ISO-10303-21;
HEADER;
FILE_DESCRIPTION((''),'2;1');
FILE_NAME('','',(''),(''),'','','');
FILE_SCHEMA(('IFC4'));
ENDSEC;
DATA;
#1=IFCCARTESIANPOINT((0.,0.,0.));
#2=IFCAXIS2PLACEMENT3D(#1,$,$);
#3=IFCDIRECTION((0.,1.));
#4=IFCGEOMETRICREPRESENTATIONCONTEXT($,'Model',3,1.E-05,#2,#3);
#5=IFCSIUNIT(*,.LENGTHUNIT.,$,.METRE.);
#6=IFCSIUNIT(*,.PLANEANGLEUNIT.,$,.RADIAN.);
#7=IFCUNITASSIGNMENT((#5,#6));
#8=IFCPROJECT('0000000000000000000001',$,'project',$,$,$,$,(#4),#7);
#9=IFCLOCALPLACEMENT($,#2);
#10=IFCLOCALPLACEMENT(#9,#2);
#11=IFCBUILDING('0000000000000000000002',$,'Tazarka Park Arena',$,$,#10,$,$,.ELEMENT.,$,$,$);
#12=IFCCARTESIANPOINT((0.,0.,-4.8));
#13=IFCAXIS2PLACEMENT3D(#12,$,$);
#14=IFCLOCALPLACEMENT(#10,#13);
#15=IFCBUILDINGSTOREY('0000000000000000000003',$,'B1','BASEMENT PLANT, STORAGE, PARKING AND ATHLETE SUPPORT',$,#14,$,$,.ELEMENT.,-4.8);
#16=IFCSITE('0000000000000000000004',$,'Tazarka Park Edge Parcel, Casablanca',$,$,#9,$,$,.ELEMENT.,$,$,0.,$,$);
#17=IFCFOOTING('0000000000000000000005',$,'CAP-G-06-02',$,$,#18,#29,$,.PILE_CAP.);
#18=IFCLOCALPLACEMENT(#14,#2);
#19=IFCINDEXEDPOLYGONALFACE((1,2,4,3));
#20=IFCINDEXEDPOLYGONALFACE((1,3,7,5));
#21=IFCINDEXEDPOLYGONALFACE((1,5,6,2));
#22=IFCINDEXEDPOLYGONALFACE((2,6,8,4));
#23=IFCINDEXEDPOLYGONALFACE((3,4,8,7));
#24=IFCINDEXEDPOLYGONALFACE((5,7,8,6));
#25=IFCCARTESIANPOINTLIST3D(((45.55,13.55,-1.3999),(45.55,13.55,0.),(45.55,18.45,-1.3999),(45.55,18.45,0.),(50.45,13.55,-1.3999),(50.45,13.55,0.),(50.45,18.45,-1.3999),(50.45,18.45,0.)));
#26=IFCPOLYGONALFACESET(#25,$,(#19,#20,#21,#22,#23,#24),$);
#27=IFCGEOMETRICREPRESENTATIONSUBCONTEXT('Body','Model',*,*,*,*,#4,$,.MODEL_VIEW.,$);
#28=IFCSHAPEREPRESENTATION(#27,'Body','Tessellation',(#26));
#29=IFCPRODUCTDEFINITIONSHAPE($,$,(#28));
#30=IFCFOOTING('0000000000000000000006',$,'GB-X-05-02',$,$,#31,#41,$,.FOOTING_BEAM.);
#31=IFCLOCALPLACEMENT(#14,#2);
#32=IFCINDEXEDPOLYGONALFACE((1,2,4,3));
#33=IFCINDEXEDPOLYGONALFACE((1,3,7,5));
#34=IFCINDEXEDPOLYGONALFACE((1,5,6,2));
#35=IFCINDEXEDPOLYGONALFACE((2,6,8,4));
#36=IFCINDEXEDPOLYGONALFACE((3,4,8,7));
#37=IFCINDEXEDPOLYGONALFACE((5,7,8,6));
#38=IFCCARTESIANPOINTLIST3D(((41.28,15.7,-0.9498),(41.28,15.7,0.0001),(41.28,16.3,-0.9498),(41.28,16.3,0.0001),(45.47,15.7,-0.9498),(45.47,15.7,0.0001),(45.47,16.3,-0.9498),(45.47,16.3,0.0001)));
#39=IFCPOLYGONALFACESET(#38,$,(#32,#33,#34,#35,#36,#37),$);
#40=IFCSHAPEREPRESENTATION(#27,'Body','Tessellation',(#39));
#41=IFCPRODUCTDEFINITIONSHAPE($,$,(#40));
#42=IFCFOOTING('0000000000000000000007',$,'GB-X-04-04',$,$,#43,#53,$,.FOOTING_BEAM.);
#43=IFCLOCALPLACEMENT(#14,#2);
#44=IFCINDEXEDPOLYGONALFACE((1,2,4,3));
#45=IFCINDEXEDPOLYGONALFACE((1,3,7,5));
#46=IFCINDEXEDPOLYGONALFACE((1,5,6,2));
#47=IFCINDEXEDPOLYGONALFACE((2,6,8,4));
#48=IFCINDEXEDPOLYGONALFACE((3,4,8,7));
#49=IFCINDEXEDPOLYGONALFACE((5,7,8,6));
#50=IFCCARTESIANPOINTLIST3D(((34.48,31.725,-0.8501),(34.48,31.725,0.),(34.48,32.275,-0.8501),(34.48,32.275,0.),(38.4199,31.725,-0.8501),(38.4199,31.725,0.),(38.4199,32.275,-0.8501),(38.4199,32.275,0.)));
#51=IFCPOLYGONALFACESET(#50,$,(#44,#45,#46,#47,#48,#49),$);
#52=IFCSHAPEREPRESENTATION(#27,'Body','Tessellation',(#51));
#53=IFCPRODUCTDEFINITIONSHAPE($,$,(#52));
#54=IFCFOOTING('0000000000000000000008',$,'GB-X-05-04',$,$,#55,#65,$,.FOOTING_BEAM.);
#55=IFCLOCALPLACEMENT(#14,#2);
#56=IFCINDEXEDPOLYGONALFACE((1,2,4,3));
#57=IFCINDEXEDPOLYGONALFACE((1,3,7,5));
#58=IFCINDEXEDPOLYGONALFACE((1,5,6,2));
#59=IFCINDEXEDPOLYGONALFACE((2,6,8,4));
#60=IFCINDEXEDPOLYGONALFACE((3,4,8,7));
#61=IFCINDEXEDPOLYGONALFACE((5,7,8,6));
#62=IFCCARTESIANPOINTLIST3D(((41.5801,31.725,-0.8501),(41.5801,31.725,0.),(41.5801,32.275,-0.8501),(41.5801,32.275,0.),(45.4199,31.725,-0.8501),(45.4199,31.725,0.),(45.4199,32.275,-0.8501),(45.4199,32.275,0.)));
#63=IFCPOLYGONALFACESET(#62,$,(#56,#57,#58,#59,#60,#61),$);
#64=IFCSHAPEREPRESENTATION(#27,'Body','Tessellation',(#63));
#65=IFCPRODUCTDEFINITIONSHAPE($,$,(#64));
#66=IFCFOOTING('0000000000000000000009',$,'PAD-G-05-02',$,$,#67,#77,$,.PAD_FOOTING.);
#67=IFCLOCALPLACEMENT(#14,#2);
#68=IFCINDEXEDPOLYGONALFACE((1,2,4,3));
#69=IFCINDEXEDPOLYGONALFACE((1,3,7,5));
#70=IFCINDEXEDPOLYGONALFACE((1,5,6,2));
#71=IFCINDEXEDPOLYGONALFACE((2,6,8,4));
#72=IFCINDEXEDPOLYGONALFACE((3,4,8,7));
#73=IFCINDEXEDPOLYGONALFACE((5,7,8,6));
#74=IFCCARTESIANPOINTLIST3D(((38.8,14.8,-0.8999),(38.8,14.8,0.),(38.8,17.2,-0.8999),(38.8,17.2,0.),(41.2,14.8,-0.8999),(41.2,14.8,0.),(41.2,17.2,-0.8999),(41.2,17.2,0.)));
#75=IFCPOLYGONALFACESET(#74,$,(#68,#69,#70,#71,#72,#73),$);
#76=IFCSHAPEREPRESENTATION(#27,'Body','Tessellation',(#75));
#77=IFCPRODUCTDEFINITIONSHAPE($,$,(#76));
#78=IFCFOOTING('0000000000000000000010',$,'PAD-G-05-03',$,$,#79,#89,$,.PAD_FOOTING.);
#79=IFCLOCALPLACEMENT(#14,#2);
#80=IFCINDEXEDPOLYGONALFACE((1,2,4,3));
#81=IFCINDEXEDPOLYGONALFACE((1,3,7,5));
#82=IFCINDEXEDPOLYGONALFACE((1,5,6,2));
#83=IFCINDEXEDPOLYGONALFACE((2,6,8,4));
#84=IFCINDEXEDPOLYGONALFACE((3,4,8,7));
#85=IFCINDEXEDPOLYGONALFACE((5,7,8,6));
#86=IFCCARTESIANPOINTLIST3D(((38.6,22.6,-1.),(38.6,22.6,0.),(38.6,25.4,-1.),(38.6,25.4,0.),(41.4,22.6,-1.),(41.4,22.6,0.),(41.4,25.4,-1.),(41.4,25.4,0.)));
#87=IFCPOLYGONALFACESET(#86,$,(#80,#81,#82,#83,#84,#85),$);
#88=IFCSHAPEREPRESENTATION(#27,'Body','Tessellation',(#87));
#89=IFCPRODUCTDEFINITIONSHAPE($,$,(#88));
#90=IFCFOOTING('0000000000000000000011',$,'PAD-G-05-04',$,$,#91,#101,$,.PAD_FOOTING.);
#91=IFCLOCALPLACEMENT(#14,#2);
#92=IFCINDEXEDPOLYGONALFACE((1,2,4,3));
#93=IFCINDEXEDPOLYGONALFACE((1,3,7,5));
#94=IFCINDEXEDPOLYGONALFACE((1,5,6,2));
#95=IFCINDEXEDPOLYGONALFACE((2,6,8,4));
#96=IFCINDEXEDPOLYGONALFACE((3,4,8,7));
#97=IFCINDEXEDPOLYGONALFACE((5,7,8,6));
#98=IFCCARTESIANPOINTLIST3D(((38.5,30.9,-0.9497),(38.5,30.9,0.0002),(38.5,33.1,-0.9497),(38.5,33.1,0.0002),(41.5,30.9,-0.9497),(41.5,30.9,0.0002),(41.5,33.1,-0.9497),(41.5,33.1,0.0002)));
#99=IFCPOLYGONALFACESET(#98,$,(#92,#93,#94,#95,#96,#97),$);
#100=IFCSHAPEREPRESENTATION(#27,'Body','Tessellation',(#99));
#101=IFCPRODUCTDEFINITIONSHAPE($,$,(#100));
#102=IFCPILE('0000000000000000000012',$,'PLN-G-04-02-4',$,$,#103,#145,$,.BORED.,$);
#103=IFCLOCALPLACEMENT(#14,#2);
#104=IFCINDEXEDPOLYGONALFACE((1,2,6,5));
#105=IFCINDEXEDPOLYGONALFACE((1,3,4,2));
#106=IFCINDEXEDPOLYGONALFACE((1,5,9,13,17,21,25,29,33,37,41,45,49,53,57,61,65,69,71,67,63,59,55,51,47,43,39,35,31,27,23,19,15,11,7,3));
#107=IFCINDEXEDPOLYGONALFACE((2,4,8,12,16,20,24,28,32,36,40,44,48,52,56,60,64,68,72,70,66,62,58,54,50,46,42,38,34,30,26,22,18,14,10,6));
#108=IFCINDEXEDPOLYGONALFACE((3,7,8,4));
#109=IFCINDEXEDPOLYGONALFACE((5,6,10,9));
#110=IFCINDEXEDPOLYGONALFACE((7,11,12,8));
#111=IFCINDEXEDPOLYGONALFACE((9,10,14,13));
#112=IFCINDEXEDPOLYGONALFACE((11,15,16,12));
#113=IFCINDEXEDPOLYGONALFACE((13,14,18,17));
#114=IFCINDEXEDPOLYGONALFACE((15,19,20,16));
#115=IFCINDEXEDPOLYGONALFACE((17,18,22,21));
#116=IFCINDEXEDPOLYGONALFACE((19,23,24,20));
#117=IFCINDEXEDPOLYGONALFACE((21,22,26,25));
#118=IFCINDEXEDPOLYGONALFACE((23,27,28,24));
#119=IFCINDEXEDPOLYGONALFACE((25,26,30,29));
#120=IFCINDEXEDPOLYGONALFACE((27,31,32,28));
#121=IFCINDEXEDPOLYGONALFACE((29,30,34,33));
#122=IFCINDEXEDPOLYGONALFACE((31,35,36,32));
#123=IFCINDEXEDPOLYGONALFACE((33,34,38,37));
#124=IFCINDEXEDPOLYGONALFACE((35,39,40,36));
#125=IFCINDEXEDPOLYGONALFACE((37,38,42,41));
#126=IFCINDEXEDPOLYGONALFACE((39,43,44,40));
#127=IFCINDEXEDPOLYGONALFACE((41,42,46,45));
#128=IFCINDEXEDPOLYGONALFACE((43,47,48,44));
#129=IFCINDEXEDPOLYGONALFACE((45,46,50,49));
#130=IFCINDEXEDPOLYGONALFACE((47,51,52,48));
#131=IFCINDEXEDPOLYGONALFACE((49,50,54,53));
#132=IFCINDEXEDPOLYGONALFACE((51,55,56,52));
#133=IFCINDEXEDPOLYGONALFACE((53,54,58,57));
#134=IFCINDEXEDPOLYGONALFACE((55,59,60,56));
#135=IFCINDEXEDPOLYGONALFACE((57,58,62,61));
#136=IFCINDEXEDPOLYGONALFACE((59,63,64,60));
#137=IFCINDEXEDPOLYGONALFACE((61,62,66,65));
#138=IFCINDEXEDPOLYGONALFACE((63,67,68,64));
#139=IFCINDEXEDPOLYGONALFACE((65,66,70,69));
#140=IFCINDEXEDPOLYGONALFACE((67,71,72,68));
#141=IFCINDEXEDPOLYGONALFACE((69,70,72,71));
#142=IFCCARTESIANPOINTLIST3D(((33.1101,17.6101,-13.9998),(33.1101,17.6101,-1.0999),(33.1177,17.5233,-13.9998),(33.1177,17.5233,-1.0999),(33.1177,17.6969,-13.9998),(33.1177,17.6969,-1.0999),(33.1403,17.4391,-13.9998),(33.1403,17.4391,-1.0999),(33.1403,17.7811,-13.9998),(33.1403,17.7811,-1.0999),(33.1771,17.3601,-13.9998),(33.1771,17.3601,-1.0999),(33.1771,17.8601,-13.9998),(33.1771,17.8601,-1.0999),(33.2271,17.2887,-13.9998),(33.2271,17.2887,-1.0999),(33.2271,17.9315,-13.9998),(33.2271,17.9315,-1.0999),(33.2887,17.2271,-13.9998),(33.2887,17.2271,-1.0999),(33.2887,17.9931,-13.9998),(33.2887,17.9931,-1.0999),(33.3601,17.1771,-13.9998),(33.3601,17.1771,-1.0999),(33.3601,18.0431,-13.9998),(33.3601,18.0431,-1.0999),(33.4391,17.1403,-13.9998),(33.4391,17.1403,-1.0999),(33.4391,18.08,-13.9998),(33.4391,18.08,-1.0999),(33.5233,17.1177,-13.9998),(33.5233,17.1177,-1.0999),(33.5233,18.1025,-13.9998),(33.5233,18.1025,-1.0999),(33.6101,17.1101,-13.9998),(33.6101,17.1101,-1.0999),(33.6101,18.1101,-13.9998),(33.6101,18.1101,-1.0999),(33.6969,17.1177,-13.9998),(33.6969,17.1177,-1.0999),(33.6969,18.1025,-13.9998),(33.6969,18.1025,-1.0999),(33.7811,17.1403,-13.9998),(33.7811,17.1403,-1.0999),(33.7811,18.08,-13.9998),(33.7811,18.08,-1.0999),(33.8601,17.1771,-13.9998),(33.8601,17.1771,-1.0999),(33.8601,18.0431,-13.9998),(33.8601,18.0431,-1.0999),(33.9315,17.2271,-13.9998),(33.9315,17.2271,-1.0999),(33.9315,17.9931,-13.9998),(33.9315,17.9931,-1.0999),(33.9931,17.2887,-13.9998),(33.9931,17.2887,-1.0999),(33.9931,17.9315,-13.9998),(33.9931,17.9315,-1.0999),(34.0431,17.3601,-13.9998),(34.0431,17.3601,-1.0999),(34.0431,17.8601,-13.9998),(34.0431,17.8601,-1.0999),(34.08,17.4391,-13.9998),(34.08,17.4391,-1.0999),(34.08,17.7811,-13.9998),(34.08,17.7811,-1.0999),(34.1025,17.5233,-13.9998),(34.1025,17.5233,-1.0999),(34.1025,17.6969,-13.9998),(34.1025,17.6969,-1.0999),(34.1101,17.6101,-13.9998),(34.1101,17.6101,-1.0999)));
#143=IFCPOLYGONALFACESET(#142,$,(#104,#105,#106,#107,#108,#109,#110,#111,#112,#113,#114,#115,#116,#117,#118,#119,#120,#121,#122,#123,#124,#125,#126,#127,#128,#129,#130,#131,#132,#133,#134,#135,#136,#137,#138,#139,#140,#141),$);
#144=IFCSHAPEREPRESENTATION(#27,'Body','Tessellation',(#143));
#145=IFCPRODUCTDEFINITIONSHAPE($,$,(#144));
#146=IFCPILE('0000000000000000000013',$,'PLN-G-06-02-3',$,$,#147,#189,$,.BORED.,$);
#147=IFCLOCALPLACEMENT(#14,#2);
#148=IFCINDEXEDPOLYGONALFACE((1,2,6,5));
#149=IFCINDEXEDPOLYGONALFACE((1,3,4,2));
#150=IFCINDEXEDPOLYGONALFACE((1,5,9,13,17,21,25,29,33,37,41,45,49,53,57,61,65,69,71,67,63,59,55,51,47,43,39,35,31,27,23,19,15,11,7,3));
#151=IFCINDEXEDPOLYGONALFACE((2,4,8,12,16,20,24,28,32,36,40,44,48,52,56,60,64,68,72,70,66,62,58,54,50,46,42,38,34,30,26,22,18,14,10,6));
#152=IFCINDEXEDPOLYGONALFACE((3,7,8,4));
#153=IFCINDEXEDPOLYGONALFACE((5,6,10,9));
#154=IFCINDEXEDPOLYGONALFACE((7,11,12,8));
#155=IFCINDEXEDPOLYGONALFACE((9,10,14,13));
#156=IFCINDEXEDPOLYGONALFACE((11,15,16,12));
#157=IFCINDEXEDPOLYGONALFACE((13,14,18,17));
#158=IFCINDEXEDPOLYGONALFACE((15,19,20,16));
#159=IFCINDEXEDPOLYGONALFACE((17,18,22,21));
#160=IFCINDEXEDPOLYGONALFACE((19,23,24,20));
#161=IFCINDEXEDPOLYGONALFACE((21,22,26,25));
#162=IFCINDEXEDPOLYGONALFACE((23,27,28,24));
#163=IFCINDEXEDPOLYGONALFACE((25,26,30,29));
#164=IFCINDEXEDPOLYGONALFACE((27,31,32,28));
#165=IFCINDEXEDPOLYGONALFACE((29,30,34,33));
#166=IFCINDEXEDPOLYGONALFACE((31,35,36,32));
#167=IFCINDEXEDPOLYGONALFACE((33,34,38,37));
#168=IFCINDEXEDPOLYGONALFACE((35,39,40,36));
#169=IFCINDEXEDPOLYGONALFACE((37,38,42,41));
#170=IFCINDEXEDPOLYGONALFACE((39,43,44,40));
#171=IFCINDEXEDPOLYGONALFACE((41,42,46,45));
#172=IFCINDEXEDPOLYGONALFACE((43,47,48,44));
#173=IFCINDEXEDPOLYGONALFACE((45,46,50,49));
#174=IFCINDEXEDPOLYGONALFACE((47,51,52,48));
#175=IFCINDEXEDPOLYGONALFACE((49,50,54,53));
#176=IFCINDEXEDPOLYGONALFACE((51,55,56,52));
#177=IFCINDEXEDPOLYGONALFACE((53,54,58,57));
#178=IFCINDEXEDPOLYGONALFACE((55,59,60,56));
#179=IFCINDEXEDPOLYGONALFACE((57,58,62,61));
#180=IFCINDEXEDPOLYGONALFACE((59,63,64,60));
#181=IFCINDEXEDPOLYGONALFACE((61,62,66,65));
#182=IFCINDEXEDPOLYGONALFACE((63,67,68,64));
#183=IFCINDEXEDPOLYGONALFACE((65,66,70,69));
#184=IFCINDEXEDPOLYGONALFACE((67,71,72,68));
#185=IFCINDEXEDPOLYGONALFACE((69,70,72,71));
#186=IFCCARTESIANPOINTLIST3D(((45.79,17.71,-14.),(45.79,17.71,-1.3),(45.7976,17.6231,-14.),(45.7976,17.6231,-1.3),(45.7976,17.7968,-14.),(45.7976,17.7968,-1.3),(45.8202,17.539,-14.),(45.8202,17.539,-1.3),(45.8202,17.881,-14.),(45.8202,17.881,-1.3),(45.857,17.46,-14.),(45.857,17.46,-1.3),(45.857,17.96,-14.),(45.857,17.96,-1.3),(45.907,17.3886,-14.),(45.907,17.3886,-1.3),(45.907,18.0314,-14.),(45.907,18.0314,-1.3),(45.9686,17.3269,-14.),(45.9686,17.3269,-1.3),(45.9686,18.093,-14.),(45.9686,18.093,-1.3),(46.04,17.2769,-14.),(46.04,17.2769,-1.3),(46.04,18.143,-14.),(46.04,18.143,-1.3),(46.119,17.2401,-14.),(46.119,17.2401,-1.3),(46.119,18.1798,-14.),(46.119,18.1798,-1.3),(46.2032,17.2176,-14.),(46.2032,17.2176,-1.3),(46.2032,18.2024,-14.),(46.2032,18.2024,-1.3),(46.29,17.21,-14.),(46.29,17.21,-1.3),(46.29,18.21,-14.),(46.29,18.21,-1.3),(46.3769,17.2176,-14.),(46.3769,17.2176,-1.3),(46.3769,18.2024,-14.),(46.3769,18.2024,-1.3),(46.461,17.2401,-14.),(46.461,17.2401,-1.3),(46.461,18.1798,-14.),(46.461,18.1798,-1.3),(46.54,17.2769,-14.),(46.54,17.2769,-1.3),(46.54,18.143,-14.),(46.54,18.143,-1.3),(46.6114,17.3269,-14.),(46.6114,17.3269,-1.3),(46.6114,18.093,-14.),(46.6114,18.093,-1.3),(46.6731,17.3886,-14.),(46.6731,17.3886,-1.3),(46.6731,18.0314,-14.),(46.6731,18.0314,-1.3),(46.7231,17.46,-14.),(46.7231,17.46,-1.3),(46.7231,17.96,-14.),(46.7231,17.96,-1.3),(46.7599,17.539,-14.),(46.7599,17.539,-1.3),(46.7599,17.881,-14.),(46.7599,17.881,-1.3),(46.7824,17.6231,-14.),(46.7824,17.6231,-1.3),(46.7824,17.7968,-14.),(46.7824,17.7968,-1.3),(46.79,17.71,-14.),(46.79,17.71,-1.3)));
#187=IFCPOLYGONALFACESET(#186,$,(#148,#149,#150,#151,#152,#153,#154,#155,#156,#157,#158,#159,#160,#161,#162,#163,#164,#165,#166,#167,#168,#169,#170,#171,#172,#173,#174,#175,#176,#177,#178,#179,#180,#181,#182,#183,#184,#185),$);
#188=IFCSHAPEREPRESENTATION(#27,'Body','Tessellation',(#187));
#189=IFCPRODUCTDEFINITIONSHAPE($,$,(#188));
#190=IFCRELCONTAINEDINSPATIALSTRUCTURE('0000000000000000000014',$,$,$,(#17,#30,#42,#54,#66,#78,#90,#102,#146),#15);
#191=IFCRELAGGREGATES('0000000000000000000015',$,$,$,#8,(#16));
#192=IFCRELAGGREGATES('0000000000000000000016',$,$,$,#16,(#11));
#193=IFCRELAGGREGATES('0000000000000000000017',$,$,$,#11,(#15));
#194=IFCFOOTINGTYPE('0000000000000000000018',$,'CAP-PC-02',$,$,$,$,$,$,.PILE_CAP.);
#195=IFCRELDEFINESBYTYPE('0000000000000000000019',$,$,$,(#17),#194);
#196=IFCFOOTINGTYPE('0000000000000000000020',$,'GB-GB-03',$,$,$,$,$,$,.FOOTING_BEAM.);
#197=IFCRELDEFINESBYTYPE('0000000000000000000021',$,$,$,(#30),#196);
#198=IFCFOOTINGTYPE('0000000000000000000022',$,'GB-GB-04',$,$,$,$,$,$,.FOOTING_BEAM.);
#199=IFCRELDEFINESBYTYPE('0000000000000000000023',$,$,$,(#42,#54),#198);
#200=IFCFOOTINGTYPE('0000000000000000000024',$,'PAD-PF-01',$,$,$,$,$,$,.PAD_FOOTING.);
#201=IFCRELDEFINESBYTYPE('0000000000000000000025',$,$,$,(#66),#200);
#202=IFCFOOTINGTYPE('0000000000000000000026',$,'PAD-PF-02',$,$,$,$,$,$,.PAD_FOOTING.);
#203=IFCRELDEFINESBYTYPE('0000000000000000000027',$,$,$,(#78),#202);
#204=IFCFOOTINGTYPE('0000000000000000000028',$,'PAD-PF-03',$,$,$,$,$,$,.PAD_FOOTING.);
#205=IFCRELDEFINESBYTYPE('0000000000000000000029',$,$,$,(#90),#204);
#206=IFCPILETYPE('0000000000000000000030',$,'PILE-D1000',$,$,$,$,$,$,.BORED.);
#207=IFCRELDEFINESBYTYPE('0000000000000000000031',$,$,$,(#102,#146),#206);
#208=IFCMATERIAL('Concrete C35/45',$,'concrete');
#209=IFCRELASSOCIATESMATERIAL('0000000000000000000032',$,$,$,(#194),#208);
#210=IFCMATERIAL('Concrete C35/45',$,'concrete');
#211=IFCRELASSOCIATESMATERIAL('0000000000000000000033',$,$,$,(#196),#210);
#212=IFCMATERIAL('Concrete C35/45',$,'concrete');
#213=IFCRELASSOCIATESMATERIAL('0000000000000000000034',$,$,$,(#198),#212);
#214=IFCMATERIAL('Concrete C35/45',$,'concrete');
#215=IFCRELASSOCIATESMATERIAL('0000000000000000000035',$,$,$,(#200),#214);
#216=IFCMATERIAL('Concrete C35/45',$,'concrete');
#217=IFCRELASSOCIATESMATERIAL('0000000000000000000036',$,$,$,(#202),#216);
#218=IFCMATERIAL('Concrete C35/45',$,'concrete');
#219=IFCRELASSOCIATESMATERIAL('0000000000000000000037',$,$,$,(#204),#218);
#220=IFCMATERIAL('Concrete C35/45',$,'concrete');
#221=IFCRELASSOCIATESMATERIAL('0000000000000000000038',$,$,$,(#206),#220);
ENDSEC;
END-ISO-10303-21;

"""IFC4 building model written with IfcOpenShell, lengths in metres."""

from ifc_helpers import new_model, si_unit, direction, frame, origin, origin_2d, place, context, subcontext, project, spatial, rectangle, circle, extrude, material, material_profile, profile_set, type_object, element, save


model = new_model("IFC4")

# Units and contexts
model_context = context("Model", 3, precision=1e-05, world=origin(), true_north=direction((0.0, 1.0)))
body_context = subcontext(model_context, "Body", "Model", "MODEL_VIEW")
ifc_project = project(units=[si_unit("LENGTHUNIT", "METRE"), si_unit("PLANEANGLEUNIT", "RADIAN")], contexts=[model_context])

# Site, building, storey
site_placement = place(None, origin())
site = spatial("IfcSite", under=ifc_project, at=site_placement, Name="Tazarka Park Edge Parcel, Casablanca", CompositionType="ELEMENT", RefElevation=0.0)
building_placement = place(site_placement, origin())
building = spatial("IfcBuilding", under=site, at=building_placement, Name="Tazarka Park Arena", CompositionType="ELEMENT")
storey_placement = place(building_placement, frame((0.0, 0.0, -4.8)))
storey = spatial("IfcBuildingStorey", under=building, at=storey_placement, Name="B1", Description="BASEMENT PLANT, STORAGE, PARKING AND ATHLETE SUPPORT", CompositionType="ELEMENT", Elevation=-4.8)

# Footings
ifc_material_1 = material(Name="Concrete C35/45", Category="concrete")
footing_type_1 = type_object("IfcFootingType", Name="CAP-PC-02", PredefinedType="PILE_CAP", material=ifc_material_1)
footing_1_placement = place(storey_placement, frame((48.0, 16.0, -1.3999), z_axis=(0.0, 0.0, 1.0), x_axis=(1.0, 0.0, 0.0)))
element("IfcFooting", 1, at=footing_1_placement, inside=storey, type_object=footing_type_1, Name="CAP-G-06-02", PredefinedType="PILE_CAP", context=body_context, shape_type="SweptSolid", body=[
    extrude(rectangle(XDim=4.8999, YDim=4.8999, at=origin_2d()), origin(), (0.0, 0.0, 1.0), 1.3999),
])
ifc_material_2 = material(Name="Concrete C35/45", Category="concrete")
ifc_material_profile_1 = material_profile(ifc_material_2, rectangle(XDim=0.6001, YDim=0.95, at=origin_2d()), Name="Concrete C35/45")
ifc_profile_set_1 = profile_set([ifc_material_profile_1], Name="Concrete C35/45")
footing_type_2 = type_object("IfcFootingType", Name="GB-GB-03", PredefinedType="FOOTING_BEAM", material=ifc_profile_set_1)
footing_2_placement = place(storey_placement, frame((41.28, 16.0, -0.4749), z_axis=(1.0, 0.0, 0.0), x_axis=(0.0, 1.0, 0.0)))
element("IfcFooting", 2, at=footing_2_placement, inside=storey, type_object=footing_type_2, Name="GB-X-05-02", PredefinedType="FOOTING_BEAM", context=body_context, shape_type="SweptSolid", body=[
    extrude(rectangle(XDim=0.6001, YDim=0.95, at=origin_2d()), origin(), (0.0, 0.0, 1.0), 4.1899),
])
ifc_material_3 = material(Name="Concrete C35/45", Category="concrete")
ifc_material_profile_2 = material_profile(ifc_material_3, rectangle(XDim=0.55, YDim=0.8501, at=origin_2d()), Name="Concrete C35/45")
ifc_profile_set_2 = profile_set([ifc_material_profile_2], Name="Concrete C35/45")
footing_type_3 = type_object("IfcFootingType", Name="GB-GB-04", PredefinedType="FOOTING_BEAM", material=ifc_profile_set_2)
footing_3_placement = place(storey_placement, frame((34.48, 32.0, -0.425), z_axis=(1.0, 0.0, 0.0), x_axis=(0.0, 1.0, 0.0)))
element("IfcFooting", 3, at=footing_3_placement, inside=storey, type_object=footing_type_3, Name="GB-X-04-04", PredefinedType="FOOTING_BEAM", context=body_context, shape_type="SweptSolid", body=[
    extrude(rectangle(XDim=0.55, YDim=0.8501, at=origin_2d()), origin(), (0.0, 0.0, 1.0), 3.9399),
])
footing_4_placement = place(storey_placement, frame((41.5801, 32.0, -0.425), z_axis=(1.0, 0.0, 0.0), x_axis=(0.0, 1.0, 0.0)))
element("IfcFooting", 4, at=footing_4_placement, inside=storey, type_object=footing_type_3, Name="GB-X-05-04", PredefinedType="FOOTING_BEAM", context=body_context, shape_type="SweptSolid", body=[
    extrude(rectangle(XDim=0.55, YDim=0.8501, at=origin_2d()), origin(), (0.0, 0.0, 1.0), 3.8398),
])
ifc_material_4 = material(Name="Concrete C35/45", Category="concrete")
footing_type_4 = type_object("IfcFootingType", Name="PAD-PF-01", PredefinedType="PAD_FOOTING", material=ifc_material_4)
footing_5_placement = place(storey_placement, frame((40.0, 16.0, -0.8999), z_axis=(0.0, 0.0, 1.0), x_axis=(1.0, 0.0, 0.0)))
element("IfcFooting", 5, at=footing_5_placement, inside=storey, type_object=footing_type_4, Name="PAD-G-05-02", PredefinedType="PAD_FOOTING", context=body_context, shape_type="SweptSolid", body=[
    extrude(rectangle(XDim=2.3999, YDim=2.3999, at=origin_2d()), origin(), (0.0, 0.0, 1.0), 0.8999),
])
ifc_material_5 = material(Name="Concrete C35/45", Category="concrete")
footing_type_5 = type_object("IfcFootingType", Name="PAD-PF-02", PredefinedType="PAD_FOOTING", material=ifc_material_5)
footing_6_placement = place(storey_placement, frame((40.0, 24.0, -1.0), z_axis=(0.0, 0.0, 1.0), x_axis=(1.0, 0.0, 0.0)))
element("IfcFooting", 6, at=footing_6_placement, inside=storey, type_object=footing_type_5, Name="PAD-G-05-03", PredefinedType="PAD_FOOTING", context=body_context, shape_type="SweptSolid", body=[
    extrude(rectangle(XDim=2.8, YDim=2.8, at=origin_2d()), origin(), (0.0, 0.0, 1.0), 1.0),
])
ifc_material_6 = material(Name="Concrete C35/45", Category="concrete")
footing_type_6 = type_object("IfcFootingType", Name="PAD-PF-03", PredefinedType="PAD_FOOTING", material=ifc_material_6)
footing_7_placement = place(storey_placement, frame((40.0, 32.0, -0.9497), z_axis=(0.0, 0.0, 1.0), x_axis=(1.0, 0.0, 0.0)))
element("IfcFooting", 7, at=footing_7_placement, inside=storey, type_object=footing_type_6, Name="PAD-G-05-04", PredefinedType="PAD_FOOTING", context=body_context, shape_type="SweptSolid", body=[
    extrude(rectangle(XDim=3.0, YDim=2.2, at=origin_2d()), origin(), (0.0, 0.0, 1.0), 0.95),
])

# Piles
ifc_material_7 = material(Name="Concrete C35/45", Category="concrete")
ifc_material_profile_3 = material_profile(ifc_material_7, circle(Radius=0.5, at=origin_2d()), Name="Concrete C35/45")
ifc_profile_set_3 = profile_set([ifc_material_profile_3], Name="Concrete C35/45")
pile_type_1 = type_object("IfcPileType", Name="PILE-D1000", PredefinedType="BORED", material=ifc_profile_set_3)
pile_1_placement = place(storey_placement, frame((33.6101, 17.6101, -1.0999), z_axis=(0.0, 0.0, -1.0), x_axis=(1.0, 0.0, 0.0)))
element("IfcPile", 8, at=pile_1_placement, inside=storey, type_object=pile_type_1, Name="PLN-G-04-02-4", PredefinedType="BORED", context=body_context, shape_type="SweptSolid", body=[
    extrude(circle(Radius=0.5, at=origin_2d()), origin(), (0.0, 0.0, 1.0), 12.8999),
])
pile_2_placement = place(storey_placement, frame((46.29, 17.71, -1.3), z_axis=(0.0, 0.0, -1.0), x_axis=(1.0, 0.0, 0.0)))
element("IfcPile", 9, at=pile_2_placement, inside=storey, type_object=pile_type_1, Name="PLN-G-06-02-3", PredefinedType="BORED", context=body_context, shape_type="SweptSolid", body=[
    extrude(circle(Radius=0.5, at=origin_2d()), origin(), (0.0, 0.0, 1.0), 12.7),
])

save(model, "model.ifc")
